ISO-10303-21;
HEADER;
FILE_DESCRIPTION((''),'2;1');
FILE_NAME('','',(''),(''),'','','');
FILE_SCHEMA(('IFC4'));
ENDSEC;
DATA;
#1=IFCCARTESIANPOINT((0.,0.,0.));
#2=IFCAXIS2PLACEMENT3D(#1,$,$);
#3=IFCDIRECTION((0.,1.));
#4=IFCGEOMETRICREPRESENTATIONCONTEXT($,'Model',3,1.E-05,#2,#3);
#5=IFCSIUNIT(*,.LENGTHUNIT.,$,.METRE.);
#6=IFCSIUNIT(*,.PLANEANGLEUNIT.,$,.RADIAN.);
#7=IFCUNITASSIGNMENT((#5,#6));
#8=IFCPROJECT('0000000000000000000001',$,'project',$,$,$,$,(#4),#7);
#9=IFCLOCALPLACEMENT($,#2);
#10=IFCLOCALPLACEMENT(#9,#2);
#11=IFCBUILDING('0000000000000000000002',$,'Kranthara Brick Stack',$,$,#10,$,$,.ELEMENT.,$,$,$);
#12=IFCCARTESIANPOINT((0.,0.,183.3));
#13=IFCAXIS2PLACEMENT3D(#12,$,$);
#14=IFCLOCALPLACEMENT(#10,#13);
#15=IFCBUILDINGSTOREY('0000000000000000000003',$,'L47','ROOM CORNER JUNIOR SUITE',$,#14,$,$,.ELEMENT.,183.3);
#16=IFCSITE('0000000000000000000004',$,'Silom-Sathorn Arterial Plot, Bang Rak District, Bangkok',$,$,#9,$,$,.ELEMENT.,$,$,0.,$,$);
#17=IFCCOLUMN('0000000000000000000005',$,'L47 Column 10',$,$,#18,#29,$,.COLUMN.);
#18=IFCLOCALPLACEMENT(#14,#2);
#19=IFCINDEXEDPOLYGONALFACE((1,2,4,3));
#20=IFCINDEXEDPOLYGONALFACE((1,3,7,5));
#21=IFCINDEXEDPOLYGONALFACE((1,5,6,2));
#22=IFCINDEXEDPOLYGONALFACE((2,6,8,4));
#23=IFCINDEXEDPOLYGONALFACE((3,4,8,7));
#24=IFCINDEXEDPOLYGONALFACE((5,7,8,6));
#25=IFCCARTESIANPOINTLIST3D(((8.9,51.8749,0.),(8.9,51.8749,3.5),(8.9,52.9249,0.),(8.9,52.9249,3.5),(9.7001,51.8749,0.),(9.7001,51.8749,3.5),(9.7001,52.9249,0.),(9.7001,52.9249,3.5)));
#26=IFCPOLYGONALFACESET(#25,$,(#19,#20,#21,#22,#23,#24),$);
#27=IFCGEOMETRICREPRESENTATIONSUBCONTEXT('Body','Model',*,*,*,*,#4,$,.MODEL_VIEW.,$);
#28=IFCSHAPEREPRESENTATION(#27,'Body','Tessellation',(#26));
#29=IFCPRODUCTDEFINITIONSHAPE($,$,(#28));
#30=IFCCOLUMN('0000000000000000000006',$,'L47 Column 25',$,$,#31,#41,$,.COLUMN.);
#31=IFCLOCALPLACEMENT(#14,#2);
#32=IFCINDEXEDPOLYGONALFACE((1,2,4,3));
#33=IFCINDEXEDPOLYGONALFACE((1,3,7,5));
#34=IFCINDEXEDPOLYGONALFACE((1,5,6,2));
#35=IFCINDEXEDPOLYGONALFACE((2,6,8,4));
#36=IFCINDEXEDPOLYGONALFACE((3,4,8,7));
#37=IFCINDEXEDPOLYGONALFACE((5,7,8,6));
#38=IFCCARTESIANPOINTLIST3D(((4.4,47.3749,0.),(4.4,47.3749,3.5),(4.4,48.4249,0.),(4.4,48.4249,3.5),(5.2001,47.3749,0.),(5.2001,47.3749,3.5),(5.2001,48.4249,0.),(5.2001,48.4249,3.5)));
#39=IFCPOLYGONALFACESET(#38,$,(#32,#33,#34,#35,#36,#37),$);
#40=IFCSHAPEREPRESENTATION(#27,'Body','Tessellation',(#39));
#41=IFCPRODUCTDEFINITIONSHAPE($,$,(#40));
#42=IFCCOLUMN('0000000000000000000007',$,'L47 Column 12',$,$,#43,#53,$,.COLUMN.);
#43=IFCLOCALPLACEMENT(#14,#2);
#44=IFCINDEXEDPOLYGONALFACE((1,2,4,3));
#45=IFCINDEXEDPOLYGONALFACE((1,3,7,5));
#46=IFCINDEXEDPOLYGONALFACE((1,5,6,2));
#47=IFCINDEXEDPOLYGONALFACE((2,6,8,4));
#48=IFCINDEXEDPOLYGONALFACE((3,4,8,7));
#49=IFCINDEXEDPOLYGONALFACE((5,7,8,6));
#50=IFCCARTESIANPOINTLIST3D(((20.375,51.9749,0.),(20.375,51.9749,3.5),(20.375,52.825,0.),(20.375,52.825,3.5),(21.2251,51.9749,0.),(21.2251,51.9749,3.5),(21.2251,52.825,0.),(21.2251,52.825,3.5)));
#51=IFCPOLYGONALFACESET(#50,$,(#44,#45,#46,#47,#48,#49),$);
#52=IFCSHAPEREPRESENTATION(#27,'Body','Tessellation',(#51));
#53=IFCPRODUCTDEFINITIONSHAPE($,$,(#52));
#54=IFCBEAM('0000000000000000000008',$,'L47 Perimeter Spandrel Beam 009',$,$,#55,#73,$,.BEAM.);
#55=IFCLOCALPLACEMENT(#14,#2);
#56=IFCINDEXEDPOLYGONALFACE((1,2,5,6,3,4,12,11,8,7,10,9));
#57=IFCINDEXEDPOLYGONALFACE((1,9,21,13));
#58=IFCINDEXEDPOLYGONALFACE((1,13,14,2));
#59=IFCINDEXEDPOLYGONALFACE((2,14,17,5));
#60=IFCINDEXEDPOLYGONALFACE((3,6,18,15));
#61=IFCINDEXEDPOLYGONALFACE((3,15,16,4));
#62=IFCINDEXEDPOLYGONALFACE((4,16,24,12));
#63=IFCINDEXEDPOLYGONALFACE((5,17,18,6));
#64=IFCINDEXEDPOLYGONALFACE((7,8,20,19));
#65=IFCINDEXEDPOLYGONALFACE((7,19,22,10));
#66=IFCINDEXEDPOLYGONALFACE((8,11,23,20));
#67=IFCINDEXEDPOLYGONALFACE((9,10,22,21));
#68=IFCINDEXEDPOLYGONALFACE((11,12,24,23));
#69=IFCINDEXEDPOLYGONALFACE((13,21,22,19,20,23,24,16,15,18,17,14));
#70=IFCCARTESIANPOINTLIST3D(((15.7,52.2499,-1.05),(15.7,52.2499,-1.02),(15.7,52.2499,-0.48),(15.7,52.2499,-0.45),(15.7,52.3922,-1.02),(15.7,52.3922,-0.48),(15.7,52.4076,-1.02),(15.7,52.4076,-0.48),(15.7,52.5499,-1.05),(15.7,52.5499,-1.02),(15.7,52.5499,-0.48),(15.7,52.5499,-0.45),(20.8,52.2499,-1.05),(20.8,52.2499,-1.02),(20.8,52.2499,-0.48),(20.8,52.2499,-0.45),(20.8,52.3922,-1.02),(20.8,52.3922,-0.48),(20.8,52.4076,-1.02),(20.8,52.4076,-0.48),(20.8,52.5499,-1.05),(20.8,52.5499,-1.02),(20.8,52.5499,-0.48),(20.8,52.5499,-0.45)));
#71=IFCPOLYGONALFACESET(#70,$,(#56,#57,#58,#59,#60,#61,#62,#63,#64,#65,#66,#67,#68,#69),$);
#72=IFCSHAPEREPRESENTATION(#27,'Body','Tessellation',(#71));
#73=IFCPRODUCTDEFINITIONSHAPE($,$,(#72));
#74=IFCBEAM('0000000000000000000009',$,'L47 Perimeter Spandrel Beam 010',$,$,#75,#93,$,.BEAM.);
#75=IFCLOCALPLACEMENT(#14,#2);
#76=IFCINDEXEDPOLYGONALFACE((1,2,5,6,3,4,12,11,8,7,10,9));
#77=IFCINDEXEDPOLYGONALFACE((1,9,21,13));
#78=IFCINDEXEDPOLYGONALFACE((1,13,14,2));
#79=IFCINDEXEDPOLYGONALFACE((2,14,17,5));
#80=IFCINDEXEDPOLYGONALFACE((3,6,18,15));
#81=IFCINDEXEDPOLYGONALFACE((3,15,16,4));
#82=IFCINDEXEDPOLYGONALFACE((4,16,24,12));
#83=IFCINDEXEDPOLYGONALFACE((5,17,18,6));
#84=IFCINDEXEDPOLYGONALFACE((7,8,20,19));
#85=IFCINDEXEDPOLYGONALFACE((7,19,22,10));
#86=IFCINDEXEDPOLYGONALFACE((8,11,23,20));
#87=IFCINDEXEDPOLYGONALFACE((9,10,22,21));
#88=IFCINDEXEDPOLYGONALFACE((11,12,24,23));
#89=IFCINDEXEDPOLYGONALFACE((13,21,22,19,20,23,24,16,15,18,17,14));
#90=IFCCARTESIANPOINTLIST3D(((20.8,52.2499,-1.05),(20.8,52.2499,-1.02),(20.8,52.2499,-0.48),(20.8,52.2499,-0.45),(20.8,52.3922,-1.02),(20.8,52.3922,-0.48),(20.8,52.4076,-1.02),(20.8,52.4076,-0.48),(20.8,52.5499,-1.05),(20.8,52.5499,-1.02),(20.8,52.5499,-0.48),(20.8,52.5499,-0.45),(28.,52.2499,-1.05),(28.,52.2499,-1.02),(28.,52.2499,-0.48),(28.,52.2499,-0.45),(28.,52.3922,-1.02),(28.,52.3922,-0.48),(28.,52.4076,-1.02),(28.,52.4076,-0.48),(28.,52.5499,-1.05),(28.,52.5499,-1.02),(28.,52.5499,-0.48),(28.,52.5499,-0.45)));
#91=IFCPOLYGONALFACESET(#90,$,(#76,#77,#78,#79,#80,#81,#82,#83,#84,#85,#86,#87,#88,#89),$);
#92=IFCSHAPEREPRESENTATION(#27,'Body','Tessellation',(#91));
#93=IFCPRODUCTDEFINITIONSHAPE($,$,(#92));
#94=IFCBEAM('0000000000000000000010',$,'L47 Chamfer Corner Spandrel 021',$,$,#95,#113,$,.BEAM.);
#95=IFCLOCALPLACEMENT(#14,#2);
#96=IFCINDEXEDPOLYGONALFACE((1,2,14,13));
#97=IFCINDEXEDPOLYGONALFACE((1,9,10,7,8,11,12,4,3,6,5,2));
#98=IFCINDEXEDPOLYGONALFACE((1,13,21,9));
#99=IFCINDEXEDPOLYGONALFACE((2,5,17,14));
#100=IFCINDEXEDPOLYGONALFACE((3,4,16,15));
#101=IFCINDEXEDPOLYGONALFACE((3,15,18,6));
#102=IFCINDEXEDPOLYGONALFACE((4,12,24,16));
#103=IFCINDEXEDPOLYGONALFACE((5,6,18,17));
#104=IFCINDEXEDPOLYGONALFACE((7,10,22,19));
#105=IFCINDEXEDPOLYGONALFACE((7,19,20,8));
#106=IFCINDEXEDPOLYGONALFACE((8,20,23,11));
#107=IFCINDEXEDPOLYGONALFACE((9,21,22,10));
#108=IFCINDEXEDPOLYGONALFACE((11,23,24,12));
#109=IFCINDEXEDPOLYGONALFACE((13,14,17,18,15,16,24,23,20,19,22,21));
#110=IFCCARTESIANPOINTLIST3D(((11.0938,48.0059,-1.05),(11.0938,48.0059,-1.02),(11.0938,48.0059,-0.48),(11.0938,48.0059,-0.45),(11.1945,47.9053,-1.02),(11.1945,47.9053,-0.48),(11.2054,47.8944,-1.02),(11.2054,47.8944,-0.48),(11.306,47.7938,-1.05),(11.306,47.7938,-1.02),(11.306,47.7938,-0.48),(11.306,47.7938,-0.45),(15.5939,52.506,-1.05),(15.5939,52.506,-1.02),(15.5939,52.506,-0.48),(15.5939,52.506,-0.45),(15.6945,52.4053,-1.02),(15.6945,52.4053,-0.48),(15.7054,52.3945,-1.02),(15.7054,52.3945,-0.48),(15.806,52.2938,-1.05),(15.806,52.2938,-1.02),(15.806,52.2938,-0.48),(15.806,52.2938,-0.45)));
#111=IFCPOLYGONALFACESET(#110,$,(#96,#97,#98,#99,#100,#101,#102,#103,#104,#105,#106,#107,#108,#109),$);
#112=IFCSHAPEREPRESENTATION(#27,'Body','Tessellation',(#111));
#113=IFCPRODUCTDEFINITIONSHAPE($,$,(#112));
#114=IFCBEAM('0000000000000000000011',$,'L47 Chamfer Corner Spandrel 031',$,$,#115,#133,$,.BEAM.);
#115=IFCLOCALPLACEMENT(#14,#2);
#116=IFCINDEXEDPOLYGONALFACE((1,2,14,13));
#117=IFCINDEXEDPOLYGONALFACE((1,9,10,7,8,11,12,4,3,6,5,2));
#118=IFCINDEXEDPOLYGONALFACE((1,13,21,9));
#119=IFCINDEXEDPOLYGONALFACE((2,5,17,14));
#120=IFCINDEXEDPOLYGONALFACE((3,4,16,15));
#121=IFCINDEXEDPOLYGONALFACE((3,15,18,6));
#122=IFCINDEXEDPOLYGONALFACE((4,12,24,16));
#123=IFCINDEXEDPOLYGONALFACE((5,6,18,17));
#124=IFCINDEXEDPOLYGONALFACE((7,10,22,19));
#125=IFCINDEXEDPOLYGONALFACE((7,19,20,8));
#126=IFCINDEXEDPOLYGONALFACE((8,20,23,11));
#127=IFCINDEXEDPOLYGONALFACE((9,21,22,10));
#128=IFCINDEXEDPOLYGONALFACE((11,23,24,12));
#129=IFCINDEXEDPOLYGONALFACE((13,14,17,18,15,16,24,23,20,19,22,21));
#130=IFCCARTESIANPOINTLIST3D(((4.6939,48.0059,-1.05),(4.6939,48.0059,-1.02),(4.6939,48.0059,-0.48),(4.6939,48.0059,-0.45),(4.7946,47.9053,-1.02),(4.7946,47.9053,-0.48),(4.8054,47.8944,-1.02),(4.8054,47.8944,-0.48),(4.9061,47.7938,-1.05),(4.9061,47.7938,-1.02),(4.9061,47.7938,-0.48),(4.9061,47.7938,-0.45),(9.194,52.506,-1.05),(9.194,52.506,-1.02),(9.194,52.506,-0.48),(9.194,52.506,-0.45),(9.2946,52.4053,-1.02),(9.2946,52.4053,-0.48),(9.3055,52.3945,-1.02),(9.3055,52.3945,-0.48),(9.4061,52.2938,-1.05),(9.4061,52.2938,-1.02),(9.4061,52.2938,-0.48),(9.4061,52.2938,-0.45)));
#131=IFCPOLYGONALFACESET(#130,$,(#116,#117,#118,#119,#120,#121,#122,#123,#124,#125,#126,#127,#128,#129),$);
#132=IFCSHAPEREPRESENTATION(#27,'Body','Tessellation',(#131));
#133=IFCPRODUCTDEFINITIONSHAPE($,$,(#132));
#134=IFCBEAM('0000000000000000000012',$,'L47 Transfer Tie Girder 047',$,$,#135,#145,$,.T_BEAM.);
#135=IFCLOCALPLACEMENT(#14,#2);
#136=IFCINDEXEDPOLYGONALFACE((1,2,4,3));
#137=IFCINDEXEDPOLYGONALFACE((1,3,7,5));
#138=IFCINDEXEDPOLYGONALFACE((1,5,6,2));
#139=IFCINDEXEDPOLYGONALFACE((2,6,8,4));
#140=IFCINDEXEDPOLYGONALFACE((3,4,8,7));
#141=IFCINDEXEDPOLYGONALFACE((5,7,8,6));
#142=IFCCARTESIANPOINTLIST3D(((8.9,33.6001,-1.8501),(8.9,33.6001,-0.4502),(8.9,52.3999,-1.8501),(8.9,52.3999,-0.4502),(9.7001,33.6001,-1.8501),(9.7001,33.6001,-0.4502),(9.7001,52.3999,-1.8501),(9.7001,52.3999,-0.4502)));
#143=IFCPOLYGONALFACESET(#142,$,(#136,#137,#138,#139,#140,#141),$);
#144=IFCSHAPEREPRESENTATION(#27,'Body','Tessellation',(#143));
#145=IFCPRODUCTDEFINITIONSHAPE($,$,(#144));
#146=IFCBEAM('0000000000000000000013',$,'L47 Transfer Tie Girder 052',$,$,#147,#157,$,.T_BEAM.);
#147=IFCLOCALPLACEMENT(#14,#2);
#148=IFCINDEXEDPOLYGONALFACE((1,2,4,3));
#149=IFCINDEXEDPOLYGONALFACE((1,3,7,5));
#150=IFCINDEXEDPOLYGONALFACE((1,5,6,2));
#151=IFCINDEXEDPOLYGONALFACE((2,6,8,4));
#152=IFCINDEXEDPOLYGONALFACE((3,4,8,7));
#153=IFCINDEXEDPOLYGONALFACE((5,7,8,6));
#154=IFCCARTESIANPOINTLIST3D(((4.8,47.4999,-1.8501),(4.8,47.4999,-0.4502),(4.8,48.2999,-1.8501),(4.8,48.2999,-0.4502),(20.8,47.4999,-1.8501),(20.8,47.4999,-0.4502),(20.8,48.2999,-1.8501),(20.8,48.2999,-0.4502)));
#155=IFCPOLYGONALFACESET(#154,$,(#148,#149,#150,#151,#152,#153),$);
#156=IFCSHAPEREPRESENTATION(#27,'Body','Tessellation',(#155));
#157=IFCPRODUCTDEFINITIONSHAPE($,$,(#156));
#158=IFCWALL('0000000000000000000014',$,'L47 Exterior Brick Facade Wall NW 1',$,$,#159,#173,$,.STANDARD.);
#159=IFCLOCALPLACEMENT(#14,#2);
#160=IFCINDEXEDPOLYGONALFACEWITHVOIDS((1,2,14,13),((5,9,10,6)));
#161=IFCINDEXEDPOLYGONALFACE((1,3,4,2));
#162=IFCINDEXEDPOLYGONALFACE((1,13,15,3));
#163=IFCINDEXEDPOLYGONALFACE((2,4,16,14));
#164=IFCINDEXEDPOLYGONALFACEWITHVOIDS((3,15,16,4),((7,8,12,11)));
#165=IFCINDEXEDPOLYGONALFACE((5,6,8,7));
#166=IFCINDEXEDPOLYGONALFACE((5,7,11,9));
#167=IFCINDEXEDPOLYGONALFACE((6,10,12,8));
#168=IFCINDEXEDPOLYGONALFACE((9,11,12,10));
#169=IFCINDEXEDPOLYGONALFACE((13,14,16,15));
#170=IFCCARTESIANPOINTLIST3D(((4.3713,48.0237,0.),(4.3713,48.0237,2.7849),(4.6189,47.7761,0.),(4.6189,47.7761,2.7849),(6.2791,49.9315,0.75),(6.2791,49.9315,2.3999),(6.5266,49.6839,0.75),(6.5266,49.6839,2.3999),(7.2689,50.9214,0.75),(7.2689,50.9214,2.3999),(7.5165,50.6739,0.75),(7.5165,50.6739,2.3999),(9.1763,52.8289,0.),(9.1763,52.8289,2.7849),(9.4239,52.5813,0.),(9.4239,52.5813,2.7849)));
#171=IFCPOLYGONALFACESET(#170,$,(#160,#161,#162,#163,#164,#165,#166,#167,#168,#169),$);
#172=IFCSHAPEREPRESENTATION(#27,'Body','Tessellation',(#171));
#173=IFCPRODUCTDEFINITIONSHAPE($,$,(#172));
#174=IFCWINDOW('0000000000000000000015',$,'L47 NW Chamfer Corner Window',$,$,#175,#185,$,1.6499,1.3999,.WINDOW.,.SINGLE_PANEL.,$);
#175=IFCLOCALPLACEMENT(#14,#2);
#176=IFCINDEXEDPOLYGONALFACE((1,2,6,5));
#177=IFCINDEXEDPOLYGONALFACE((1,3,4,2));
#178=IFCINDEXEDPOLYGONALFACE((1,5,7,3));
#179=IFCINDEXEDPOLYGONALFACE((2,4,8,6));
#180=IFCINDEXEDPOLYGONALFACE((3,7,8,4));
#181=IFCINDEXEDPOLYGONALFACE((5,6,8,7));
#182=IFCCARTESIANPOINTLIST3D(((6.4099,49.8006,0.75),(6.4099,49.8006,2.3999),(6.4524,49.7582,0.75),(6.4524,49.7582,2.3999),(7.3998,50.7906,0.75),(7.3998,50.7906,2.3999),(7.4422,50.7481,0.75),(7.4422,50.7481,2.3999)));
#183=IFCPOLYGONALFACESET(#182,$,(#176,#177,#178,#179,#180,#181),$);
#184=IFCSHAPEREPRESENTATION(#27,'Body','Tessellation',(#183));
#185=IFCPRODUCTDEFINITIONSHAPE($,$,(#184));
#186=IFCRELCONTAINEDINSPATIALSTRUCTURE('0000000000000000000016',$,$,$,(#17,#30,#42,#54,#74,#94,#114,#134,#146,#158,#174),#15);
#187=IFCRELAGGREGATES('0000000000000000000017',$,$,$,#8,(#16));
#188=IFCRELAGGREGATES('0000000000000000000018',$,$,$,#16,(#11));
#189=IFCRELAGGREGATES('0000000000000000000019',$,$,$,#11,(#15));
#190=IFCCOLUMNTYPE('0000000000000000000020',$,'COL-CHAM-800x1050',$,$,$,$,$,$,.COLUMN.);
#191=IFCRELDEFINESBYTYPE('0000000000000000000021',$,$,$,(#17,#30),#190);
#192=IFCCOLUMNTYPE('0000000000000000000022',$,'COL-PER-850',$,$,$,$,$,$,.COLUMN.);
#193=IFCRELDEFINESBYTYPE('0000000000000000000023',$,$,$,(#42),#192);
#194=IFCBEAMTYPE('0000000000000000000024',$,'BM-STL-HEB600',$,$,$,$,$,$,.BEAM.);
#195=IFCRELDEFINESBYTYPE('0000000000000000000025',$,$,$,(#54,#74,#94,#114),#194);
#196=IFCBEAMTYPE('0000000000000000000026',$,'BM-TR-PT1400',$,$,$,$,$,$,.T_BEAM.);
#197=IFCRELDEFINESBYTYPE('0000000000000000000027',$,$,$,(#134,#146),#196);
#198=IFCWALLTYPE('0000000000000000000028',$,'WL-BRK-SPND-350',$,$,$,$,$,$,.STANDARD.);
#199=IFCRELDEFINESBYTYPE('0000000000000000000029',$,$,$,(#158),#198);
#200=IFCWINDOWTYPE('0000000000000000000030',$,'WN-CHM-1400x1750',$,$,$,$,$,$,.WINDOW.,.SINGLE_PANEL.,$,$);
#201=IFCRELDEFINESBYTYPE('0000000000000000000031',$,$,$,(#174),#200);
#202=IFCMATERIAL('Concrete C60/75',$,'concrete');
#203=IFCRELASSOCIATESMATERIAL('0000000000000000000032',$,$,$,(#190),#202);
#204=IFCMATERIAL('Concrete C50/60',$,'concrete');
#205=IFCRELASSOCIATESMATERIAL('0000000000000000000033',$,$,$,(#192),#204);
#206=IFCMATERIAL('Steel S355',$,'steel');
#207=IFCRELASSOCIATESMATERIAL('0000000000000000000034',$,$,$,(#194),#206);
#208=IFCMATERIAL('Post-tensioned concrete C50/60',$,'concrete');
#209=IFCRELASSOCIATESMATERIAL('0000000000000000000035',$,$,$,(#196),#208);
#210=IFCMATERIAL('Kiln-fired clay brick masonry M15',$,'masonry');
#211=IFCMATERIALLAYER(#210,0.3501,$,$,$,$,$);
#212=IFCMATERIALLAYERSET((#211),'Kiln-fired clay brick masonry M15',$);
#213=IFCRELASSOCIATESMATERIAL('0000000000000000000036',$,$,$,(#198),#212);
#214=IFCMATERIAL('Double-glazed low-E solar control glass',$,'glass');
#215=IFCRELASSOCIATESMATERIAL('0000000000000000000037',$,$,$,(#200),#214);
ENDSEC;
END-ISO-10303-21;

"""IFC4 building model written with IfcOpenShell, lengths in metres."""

from ifc_helpers import new_model, si_unit, direction, frame, frame_2d, origin, origin_2d, place, context, subcontext, project, spatial, rectangle, i_section, extrude, material, layer, layer_set, material_profile, profile_set, type_object, element, fill, save


model = new_model("IFC4")

# Units and contexts
model_context = context("Model", 3, precision=1e-05, world=origin(), true_north=direction((0.0, 1.0)))
body_context = subcontext(model_context, "Body", "Model", "MODEL_VIEW")
ifc_project = project(units=[si_unit("LENGTHUNIT", "METRE"), si_unit("PLANEANGLEUNIT", "RADIAN")], contexts=[model_context])

# Site, building, storey
site_placement = place(None, origin())
site = spatial("IfcSite", under=ifc_project, at=site_placement, Name="Silom-Sathorn Arterial Plot, Bang Rak District, Bangkok", CompositionType="ELEMENT", RefElevation=0.0)
building_placement = place(site_placement, origin())
building = spatial("IfcBuilding", under=site, at=building_placement, Name="Kranthara Brick Stack", CompositionType="ELEMENT")
storey_placement = place(building_placement, frame((0.0, 0.0, 183.3)))
storey = spatial("IfcBuildingStorey", under=building, at=storey_placement, Name="L47", Description="ROOM CORNER JUNIOR SUITE", CompositionType="ELEMENT", Elevation=183.3)

# Columns
ifc_material_1 = material(Name="Concrete C60/75", Category="concrete")
ifc_material_profile_1 = material_profile(ifc_material_1, rectangle(XDim=0.8, YDim=1.05, at=origin_2d()), Name="RC 800x1050")
ifc_profile_set_1 = profile_set([ifc_material_profile_1], Name="Concrete C60/75")
column_type_1 = type_object("IfcColumnType", Name="COL-CHAM-800x1050", PredefinedType="COLUMN", material=ifc_profile_set_1)
for number, where, z_axis, x_axis, name in (
    (1, (9.3, 52.3999, 0.0), (0.0, 0.0, 1.0), (1.0, 0.0, 0.0), "L47 Column 10"),
    (2, (4.8, 47.8999, 0.0), (0.0, 0.0, 1.0), (1.0, 0.0, 0.0), "L47 Column 25"),
):
    element("IfcColumn", number, at=place(storey_placement, frame(where, z_axis=z_axis, x_axis=x_axis)), inside=storey, type_object=column_type_1, Name=name, PredefinedType="COLUMN", context=body_context, shape_type="SweptSolid", body=[
        extrude(rectangle(XDim=0.8, YDim=1.05, at=origin_2d()), origin(), (0.0, 0.0, 1.0), 3.5),
    ])
ifc_material_2 = material(Name="Concrete C50/60", Category="concrete")
ifc_material_profile_2 = material_profile(ifc_material_2, rectangle(XDim=0.8501, YDim=0.8501, at=origin_2d()), Name="RC 850x850")
ifc_profile_set_2 = profile_set([ifc_material_profile_2], Name="Concrete C50/60")
column_type_2 = type_object("IfcColumnType", Name="COL-PER-850", PredefinedType="COLUMN", material=ifc_profile_set_2)
column_placement = place(storey_placement, frame((20.8, 52.3999, 0.0), z_axis=(0.0, 0.0, 1.0), x_axis=(1.0, 0.0, 0.0)))
element("IfcColumn", 3, at=column_placement, inside=storey, type_object=column_type_2, Name="L47 Column 12", PredefinedType="COLUMN", context=body_context, shape_type="SweptSolid", body=[
    extrude(rectangle(XDim=0.8501, YDim=0.8501, at=origin_2d()), origin(), (0.0, 0.0, 1.0), 3.5),
])

# Beams
ifc_material_3 = material(Name="Steel S355", Category="steel")
ifc_material_profile_3 = material_profile(ifc_material_3, i_section(OverallWidth=0.3, OverallDepth=0.6001, WebThickness=0.0154, FlangeThickness=0.03, at=origin_2d()), Name="HEB 600")
ifc_profile_set_3 = profile_set([ifc_material_profile_3], Name="Steel S355")
beam_type_1 = type_object("IfcBeamType", Name="BM-STL-HEB600", PredefinedType="BEAM", material=ifc_profile_set_3)
beam_1_placement = place(storey_placement, frame((15.7, 52.3999, -0.75), z_axis=(1.0, 0.0, 0.0), x_axis=(0.0, 1.0, 0.0)))
element("IfcBeam", 4, at=beam_1_placement, inside=storey, type_object=beam_type_1, Name="L47 Perimeter Spandrel Beam 009", PredefinedType="BEAM", context=body_context, shape_type="SweptSolid", body=[
    extrude(i_section(OverallWidth=0.3, OverallDepth=0.6001, WebThickness=0.0154, FlangeThickness=0.03, at=origin_2d()), origin(), (0.0, 0.0, 1.0), 5.1001),
])
beam_2_placement = place(storey_placement, frame((20.8, 52.3999, -0.75), z_axis=(1.0, 0.0, 0.0), x_axis=(0.0, 1.0, 0.0)))
element("IfcBeam", 5, at=beam_2_placement, inside=storey, type_object=beam_type_1, Name="L47 Perimeter Spandrel Beam 010", PredefinedType="BEAM", context=body_context, shape_type="SweptSolid", body=[
    extrude(i_section(OverallWidth=0.3, OverallDepth=0.6001, WebThickness=0.0154, FlangeThickness=0.03, at=origin_2d()), origin(), (0.0, 0.0, 1.0), 7.2),
])
for number, where, z_axis, x_axis, name in (
    (6, (15.7, 52.3999, -0.75), (-0.707107, -0.707107, 0.0), (0.707107, -0.707107, 0.0), "L47 Chamfer Corner Spandrel 021"),
    (7, (9.3, 52.3999, -0.75), (-0.707107, -0.707107, 0.0), (0.707107, -0.707107, 0.0), "L47 Chamfer Corner Spandrel 031"),
):
    element("IfcBeam", number, at=place(storey_placement, frame(where, z_axis=z_axis, x_axis=x_axis)), inside=storey, type_object=beam_type_1, Name=name, PredefinedType="BEAM", context=body_context, shape_type="SweptSolid", body=[
        extrude(i_section(OverallWidth=0.3, OverallDepth=0.6001, WebThickness=0.0154, FlangeThickness=0.03, at=origin_2d()), origin(), (0.0, 0.0, 1.0), 6.364),
    ])
ifc_material_4 = material(Name="Post-tensioned concrete C50/60", Category="concrete")
ifc_material_profile_4 = material_profile(ifc_material_4, rectangle(XDim=0.8, YDim=1.3999, at=origin_2d()), Name="PT 800x1400")
ifc_profile_set_4 = profile_set([ifc_material_profile_4], Name="Post-tensioned concrete C50/60")
beam_type_2 = type_object("IfcBeamType", Name="BM-TR-PT1400", PredefinedType="T_BEAM", material=ifc_profile_set_4)
beam_3_placement = place(storey_placement, frame((9.3, 52.3999, -1.1501), z_axis=(0.0, -1.0, 0.0), x_axis=(1.0, 0.0, 0.0)))
element("IfcBeam", 8, at=beam_3_placement, inside=storey, type_object=beam_type_2, Name="L47 Transfer Tie Girder 047", PredefinedType="T_BEAM", context=body_context, shape_type="SweptSolid", body=[
    extrude(rectangle(XDim=0.8, YDim=1.3999, at=origin_2d()), origin(), (0.0, 0.0, 1.0), 18.7998),
])
beam_4_placement = place(storey_placement, frame((4.8, 47.8999, -1.1501), z_axis=(1.0, 0.0, 0.0), x_axis=(0.0, 1.0, 0.0)))
element("IfcBeam", 9, at=beam_4_placement, inside=storey, type_object=beam_type_2, Name="L47 Transfer Tie Girder 052", PredefinedType="T_BEAM", context=body_context, shape_type="SweptSolid", body=[
    extrude(rectangle(XDim=0.8, YDim=1.3999, at=origin_2d()), origin(), (0.0, 0.0, 1.0), 16.0),
])

# Wall, opening, window
ifc_material_5 = material(Name="Kiln-fired clay brick masonry M15", Category="masonry")
ifc_layer_1 = layer(ifc_material_5, 0.3501)
ifc_layer_set_1 = layer_set([ifc_layer_1], Name="Kiln-fired clay brick masonry M15")
wall_type_1 = type_object("IfcWallType", Name="WL-BRK-SPND-350", PredefinedType="STANDARD", material=ifc_layer_set_1)
wall_1_placement = place(storey_placement, frame((4.4951, 47.8999, 0.0), z_axis=(0.0, 0.0, 1.0), x_axis=(0.707089, 0.707125, 0.0)))
wall_1 = element("IfcWall", 10, at=wall_1_placement, inside=storey, type_object=wall_type_1, Name="L47 Exterior Brick Facade Wall NW 1", PredefinedType="STANDARD", context=body_context, shape_type="SweptSolid", body=[
    extrude(rectangle(XDim=6.7954, YDim=0.3501, at=frame_2d((3.3977, 0.0))), origin(), (0.0, 0.0, 1.0), 2.7849),
])
opening_1_placement = place(wall_1_placement, frame((2.698, 0.0, 0.75)))
opening_1 = element("IfcOpeningElement", 11, at=opening_1_placement, cuts=wall_1, PredefinedType="OPENING", context=body_context, shape_type="SweptSolid", body=[
    extrude(rectangle(XDim=1.3999, YDim=1.6499, at=frame_2d((0.7, 0.825))), frame((0.0, 0.1851, 0.0), z_axis=(0.0, -1.0, 0.0), x_axis=(1.0, 0.0, 0.0)), (0.0, 0.0, 1.0), 0.3701),
])
ifc_material_6 = material(Name="Double-glazed low-E solar control glass", Category="glass")
window_type_1 = type_object("IfcWindowType", Name="WN-CHM-1400x1750", PartitioningType="SINGLE_PANEL", PredefinedType="WINDOW", material=ifc_material_6)
window_1_placement = place(opening_1_placement, origin())
window_1 = element("IfcWindow", 12, at=window_1_placement, inside=storey, type_object=window_type_1, Name="L47 NW Chamfer Corner Window", OverallHeight=1.6499, OverallWidth=1.3999, PartitioningType="SINGLE_PANEL", PredefinedType="WINDOW", context=body_context, shape_type="SweptSolid", body=[
    extrude(rectangle(XDim=1.3999, YDim=1.6499, at=frame_2d((0.7, 0.825))), frame((0.0, -0.01, 0.0), z_axis=(0.0, -1.0, 0.0), x_axis=(1.0, 0.0, 0.0)), (0.0, 0.0, 1.0), 0.0601),
])
fill(opening_1, window_1)

save(model, "model.ifc")
